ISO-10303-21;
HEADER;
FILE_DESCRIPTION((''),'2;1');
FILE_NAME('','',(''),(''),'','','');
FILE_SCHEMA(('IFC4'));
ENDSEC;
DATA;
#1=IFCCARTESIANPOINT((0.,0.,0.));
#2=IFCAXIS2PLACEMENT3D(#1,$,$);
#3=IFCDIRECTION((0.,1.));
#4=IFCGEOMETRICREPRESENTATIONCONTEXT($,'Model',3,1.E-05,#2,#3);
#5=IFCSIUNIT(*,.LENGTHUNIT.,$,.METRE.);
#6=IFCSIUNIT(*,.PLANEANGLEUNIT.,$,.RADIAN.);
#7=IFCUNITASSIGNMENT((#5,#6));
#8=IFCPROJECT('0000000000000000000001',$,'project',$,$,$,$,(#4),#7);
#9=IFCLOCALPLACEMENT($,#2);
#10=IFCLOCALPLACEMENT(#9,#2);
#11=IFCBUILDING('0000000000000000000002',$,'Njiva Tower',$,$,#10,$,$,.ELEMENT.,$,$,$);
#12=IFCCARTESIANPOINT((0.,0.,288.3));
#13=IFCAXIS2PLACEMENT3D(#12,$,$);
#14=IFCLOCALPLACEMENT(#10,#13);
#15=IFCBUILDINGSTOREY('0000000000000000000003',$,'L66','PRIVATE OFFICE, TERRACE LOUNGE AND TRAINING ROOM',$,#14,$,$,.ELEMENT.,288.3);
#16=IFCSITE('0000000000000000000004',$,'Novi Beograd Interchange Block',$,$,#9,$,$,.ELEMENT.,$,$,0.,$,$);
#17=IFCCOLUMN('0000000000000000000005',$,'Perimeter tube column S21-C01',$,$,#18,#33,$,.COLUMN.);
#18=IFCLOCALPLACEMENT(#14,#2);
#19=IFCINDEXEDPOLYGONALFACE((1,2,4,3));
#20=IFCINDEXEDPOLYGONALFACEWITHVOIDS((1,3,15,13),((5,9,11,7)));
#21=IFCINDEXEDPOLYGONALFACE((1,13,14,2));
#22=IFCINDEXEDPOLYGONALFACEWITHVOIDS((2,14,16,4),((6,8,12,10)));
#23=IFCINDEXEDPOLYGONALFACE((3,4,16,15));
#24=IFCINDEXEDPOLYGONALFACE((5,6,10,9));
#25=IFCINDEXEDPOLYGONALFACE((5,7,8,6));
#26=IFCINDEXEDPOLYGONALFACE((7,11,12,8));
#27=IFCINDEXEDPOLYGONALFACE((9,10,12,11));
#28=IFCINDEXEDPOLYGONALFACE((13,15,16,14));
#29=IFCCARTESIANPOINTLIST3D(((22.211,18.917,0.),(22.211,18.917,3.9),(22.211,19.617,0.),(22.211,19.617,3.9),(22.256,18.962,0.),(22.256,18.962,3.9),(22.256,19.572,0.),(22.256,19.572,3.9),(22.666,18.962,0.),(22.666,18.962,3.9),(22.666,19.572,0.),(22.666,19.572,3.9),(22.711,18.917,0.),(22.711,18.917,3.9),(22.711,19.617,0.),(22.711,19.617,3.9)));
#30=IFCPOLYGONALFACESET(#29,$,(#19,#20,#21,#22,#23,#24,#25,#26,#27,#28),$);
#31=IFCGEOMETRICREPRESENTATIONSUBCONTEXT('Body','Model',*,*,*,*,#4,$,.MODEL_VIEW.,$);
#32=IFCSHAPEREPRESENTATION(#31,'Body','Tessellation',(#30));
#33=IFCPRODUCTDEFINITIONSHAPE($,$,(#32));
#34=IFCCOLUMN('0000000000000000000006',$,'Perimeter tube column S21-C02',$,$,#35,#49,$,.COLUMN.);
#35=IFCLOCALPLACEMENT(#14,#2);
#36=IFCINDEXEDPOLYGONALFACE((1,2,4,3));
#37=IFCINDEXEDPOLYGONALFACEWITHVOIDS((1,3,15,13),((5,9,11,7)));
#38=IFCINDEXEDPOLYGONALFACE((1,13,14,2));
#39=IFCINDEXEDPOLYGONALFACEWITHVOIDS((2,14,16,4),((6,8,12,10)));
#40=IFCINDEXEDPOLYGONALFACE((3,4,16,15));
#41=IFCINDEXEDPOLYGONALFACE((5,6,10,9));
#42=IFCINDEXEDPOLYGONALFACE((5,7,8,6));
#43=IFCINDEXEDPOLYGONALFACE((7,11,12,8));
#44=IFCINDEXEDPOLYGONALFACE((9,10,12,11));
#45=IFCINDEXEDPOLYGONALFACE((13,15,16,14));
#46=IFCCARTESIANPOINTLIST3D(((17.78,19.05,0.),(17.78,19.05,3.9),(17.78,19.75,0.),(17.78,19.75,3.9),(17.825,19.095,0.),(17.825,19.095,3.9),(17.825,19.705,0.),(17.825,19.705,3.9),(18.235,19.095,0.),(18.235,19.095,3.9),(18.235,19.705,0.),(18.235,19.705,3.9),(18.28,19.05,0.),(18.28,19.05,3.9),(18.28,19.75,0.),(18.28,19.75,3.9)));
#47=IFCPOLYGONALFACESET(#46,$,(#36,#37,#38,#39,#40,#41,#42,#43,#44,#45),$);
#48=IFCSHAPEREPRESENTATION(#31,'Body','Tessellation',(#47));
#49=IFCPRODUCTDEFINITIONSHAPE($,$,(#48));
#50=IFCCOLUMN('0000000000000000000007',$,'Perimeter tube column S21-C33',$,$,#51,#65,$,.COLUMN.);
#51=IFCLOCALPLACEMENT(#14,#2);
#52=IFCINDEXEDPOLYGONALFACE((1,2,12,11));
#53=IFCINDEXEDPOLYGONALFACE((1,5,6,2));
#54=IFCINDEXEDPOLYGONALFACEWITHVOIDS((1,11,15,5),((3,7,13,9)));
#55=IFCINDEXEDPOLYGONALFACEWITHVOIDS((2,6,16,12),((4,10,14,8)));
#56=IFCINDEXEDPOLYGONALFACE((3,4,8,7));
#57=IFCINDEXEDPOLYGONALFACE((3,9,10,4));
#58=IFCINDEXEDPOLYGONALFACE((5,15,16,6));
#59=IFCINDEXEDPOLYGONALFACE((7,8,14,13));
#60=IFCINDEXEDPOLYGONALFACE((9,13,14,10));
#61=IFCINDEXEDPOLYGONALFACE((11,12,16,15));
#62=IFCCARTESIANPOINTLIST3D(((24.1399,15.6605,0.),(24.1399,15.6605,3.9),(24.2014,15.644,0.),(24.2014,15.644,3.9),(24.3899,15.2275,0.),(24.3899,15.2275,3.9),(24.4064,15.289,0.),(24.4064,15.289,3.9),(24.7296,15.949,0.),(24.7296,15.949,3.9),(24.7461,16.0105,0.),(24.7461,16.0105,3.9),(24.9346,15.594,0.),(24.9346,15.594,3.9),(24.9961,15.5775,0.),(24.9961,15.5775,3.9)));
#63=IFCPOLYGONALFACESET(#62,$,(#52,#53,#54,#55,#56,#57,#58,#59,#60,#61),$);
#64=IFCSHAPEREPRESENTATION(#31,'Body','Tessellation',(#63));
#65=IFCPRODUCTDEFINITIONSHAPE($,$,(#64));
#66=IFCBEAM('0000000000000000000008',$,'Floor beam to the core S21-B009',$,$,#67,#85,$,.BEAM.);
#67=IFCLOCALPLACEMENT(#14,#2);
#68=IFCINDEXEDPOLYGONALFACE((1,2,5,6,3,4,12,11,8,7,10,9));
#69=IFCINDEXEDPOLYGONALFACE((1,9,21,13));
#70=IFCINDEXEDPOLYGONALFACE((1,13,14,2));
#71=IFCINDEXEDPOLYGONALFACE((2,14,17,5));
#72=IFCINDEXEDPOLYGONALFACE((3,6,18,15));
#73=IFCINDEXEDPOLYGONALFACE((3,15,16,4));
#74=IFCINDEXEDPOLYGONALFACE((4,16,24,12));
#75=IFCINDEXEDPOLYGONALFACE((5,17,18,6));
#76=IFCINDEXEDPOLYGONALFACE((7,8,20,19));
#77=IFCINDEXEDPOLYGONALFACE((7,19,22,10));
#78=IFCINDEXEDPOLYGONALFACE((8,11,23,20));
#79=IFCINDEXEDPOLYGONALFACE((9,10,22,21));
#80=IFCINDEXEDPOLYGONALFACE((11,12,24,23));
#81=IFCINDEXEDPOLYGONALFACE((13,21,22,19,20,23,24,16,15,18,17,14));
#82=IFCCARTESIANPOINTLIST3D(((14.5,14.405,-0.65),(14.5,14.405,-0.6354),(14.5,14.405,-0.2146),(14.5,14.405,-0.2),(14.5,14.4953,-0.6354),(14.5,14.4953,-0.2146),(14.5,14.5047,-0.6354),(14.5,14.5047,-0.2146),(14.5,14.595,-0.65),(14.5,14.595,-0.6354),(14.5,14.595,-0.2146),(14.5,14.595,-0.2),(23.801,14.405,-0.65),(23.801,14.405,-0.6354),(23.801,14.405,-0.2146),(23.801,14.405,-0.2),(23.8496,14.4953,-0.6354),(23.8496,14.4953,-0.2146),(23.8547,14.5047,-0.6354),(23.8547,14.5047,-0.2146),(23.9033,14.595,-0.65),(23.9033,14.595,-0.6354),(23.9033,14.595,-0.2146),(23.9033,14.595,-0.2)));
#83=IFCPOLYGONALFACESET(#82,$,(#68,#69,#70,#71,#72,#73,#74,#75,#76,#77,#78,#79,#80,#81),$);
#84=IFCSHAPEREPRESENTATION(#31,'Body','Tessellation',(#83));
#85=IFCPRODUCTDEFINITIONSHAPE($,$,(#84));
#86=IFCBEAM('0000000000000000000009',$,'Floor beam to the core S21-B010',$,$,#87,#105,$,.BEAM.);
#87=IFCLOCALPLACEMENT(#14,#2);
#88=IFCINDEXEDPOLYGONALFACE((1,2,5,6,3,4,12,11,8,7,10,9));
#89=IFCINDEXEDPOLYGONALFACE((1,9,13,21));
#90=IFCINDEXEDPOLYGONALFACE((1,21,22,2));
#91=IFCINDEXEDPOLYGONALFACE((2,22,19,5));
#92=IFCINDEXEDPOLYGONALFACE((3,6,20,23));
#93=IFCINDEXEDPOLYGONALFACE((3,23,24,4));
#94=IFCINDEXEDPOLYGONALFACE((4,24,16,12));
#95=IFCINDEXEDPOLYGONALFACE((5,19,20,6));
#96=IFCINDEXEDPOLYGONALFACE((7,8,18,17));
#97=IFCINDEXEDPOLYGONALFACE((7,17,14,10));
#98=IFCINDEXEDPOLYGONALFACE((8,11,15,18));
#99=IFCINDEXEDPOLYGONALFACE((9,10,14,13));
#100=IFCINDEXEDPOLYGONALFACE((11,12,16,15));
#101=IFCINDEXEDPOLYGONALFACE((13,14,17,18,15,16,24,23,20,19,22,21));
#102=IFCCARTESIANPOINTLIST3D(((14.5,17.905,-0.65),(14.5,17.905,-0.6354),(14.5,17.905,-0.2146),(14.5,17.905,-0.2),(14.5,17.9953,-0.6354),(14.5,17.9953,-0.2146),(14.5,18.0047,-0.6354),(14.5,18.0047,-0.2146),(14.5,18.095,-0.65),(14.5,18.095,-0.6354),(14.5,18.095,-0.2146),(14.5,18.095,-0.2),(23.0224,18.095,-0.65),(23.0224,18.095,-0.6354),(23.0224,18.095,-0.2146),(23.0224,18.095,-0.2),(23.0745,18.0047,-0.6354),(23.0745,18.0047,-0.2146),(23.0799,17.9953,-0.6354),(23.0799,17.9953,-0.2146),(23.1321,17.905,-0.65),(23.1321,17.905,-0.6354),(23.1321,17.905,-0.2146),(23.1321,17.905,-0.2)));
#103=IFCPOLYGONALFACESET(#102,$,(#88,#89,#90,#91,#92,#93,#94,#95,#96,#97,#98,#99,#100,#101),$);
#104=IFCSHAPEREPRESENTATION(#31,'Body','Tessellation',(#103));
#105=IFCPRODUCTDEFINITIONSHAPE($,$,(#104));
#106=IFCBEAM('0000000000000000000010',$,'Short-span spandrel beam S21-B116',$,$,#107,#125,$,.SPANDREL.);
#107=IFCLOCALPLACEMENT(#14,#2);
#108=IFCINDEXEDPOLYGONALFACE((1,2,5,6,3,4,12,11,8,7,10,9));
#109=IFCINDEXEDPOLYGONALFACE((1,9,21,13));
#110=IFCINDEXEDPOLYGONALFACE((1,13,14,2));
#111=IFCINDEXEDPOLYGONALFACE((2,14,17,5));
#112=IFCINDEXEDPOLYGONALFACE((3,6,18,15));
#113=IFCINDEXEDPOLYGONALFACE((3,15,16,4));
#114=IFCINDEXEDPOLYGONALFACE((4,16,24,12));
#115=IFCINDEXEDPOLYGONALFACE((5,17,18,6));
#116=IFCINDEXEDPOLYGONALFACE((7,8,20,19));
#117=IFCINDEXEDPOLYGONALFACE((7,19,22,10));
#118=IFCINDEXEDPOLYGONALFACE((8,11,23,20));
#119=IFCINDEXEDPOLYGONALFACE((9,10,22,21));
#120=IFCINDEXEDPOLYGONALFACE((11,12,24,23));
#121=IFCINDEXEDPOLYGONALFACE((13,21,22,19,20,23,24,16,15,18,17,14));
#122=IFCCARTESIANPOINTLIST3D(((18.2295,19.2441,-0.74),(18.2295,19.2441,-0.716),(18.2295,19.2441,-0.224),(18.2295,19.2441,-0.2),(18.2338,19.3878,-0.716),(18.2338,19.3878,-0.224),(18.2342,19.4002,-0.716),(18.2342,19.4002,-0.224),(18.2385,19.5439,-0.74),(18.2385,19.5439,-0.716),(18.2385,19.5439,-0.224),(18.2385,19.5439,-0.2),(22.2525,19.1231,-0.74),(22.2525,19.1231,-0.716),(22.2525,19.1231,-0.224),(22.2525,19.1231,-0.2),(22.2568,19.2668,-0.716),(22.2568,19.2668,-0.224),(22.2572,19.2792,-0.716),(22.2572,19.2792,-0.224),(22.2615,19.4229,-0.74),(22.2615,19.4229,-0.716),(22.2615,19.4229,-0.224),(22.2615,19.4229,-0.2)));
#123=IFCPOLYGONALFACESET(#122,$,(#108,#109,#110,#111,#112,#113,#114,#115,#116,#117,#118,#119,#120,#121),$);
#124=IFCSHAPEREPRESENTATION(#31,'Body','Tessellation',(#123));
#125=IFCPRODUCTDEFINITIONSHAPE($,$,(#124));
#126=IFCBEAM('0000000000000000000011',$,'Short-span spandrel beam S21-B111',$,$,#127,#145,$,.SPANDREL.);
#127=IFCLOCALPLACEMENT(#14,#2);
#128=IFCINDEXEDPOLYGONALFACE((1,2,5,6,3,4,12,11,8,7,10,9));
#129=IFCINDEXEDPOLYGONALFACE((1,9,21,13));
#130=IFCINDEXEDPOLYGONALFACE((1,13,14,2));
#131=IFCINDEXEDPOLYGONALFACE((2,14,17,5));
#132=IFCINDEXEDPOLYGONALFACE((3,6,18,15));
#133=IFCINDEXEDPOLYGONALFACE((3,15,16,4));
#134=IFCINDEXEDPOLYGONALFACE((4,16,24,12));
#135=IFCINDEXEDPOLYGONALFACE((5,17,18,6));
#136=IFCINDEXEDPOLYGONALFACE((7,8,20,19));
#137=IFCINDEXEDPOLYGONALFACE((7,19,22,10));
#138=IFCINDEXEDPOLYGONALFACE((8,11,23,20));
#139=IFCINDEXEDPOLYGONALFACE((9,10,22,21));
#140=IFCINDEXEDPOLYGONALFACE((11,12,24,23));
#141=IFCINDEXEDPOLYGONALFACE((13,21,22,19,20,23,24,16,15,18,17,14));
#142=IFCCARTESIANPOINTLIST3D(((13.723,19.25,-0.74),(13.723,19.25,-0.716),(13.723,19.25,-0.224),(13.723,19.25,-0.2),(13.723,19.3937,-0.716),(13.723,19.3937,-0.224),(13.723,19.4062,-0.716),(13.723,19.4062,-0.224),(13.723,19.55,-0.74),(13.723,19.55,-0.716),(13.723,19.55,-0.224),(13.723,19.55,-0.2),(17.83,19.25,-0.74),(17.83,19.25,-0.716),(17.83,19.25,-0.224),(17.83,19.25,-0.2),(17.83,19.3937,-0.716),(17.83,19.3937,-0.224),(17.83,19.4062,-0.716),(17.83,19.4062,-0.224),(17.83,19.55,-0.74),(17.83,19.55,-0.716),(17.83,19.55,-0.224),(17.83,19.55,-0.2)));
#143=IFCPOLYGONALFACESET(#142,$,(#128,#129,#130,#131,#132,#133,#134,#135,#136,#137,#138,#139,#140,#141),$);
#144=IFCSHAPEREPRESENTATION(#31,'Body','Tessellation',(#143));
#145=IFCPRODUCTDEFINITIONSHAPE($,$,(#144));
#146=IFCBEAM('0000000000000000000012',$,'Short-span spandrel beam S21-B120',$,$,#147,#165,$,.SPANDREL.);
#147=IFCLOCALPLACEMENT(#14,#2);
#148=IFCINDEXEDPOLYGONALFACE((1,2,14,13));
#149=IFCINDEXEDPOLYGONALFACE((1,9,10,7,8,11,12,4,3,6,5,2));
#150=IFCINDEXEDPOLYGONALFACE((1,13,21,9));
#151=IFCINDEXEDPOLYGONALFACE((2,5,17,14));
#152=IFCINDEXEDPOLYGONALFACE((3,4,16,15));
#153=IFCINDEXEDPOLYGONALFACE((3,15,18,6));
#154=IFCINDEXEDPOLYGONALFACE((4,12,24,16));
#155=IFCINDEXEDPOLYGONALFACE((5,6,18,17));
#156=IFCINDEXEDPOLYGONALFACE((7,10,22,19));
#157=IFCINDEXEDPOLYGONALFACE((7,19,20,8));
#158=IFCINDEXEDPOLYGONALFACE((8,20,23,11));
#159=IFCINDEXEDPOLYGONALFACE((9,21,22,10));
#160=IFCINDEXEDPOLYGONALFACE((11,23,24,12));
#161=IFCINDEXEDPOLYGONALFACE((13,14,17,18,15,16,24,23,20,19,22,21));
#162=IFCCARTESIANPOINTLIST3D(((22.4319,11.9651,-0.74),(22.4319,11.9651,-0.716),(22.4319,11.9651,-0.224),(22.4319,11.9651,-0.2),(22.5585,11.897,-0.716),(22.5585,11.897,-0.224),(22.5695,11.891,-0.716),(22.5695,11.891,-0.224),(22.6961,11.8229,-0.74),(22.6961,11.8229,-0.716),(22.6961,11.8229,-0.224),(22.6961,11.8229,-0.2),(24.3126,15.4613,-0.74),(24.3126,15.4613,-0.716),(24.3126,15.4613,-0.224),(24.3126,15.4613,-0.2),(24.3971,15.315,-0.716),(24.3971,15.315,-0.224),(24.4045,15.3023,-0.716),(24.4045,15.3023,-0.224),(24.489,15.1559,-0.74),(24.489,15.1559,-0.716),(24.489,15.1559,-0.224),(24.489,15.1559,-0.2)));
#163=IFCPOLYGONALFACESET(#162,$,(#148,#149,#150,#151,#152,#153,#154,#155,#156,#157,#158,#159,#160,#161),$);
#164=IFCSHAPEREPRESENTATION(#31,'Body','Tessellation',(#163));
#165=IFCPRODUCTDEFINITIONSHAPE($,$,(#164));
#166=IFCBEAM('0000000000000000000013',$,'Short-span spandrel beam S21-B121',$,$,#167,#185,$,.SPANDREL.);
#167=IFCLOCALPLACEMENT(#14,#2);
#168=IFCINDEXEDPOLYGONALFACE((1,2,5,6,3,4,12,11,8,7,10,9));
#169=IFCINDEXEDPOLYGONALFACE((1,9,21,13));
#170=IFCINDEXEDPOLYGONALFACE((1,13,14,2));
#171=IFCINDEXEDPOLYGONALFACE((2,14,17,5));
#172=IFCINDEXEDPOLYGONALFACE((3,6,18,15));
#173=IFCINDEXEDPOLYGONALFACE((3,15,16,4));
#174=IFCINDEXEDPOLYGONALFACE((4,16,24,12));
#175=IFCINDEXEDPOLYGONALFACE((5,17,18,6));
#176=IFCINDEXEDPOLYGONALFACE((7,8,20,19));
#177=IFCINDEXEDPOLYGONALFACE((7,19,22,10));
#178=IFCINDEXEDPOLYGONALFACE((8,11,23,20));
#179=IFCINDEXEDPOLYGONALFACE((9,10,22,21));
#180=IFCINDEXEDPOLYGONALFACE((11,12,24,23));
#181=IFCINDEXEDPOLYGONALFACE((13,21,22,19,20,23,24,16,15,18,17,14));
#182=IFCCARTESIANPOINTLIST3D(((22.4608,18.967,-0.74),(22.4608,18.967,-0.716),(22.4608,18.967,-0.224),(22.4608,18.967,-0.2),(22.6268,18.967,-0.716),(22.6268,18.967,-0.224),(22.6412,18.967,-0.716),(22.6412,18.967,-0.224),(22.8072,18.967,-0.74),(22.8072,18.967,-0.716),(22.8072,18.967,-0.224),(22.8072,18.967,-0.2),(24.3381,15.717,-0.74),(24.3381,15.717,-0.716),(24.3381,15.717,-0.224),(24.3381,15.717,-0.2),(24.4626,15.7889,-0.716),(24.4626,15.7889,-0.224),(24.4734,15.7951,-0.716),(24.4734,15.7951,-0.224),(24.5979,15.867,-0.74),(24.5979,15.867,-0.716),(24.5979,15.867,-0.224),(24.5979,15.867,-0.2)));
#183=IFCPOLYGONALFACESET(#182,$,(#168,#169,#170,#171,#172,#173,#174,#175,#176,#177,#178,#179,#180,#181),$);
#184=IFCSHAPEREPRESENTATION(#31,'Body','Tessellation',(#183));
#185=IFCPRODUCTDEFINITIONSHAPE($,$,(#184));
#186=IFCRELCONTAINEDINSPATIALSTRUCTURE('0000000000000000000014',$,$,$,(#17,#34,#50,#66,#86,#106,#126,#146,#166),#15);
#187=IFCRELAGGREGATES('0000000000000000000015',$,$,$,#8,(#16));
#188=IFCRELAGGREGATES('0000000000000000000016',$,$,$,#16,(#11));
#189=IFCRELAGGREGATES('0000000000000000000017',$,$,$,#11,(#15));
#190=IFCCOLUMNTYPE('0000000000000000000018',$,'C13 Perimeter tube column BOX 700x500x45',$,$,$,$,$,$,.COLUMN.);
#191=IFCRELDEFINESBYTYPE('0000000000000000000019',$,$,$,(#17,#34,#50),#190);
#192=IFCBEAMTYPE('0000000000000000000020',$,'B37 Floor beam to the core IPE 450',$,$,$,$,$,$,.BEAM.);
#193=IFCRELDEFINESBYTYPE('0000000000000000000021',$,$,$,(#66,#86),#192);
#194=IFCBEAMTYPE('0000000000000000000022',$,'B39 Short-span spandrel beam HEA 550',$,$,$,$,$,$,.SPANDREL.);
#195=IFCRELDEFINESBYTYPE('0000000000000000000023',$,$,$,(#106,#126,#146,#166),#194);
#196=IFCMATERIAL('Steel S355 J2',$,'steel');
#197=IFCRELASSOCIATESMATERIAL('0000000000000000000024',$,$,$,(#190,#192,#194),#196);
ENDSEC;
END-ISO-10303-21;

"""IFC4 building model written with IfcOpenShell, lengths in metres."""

from ifc_helpers import new_model, si_unit, direction, frame, origin, origin_2d, place, context, subcontext, project, spatial, hollow_rectangle, i_section, extrude, clip, halfspace, material, material_profile, profile_set, type_object, element, save


model = new_model("IFC4")

# Units and contexts
model_context = context("Model", 3, precision=1e-05, world=origin(), true_north=direction((0.0, 1.0)))
body_context = subcontext(model_context, "Body", "Model", "MODEL_VIEW")
ifc_project = project(units=[si_unit("LENGTHUNIT", "METRE"), si_unit("PLANEANGLEUNIT", "RADIAN")], contexts=[model_context])

# Site, building, storey
site_placement = place(None, origin())
site = spatial("IfcSite", under=ifc_project, at=site_placement, Name="Novi Beograd Interchange Block", CompositionType="ELEMENT", RefElevation=0.0)
building_placement = place(site_placement, origin())
building = spatial("IfcBuilding", under=site, at=building_placement, Name="Njiva Tower", CompositionType="ELEMENT")
storey_placement = place(building_placement, frame((0.0, 0.0, 288.3)))
storey = spatial("IfcBuildingStorey", under=building, at=storey_placement, Name="L66", Description="PRIVATE OFFICE, TERRACE LOUNGE AND TRAINING ROOM", CompositionType="ELEMENT", Elevation=288.3)

# Columns
ifc_material_1 = material(Name="Steel S355 J2", Category="steel")
ifc_material_profile_1 = material_profile(ifc_material_1, hollow_rectangle(XDim=0.5, YDim=0.7, WallThickness=0.045, at=origin_2d()), Name="BOX 700x500x45")
ifc_profile_set_1 = profile_set([ifc_material_profile_1], Name="Steel S355 J2")
column_type = type_object("IfcColumnType", Name="C13 Perimeter tube column BOX 700x500x45", PredefinedType="COLUMN", material=ifc_profile_set_1)
for number, where, z_axis, x_axis, name in (
    (1, (22.461, 19.267, 0.0), (0.0, 0.0, 1.0), (-1.0, 0.0, 0.0), "Perimeter tube column S21-C01"),
    (2, (18.03, 19.4, 0.0), (0.0, 0.0, 1.0), (-1.0, 0.0, 0.0), "Perimeter tube column S21-C02"),
    (3, (24.568, 15.619, 0.0), (0.0, 0.0, 1.0), (-0.5, 0.866025, 0.0), "Perimeter tube column S21-C33"),
):
    element("IfcColumn", number, at=place(storey_placement, frame(where, z_axis=z_axis, x_axis=x_axis)), inside=storey, type_object=column_type, Name=name, PredefinedType="COLUMN", context=body_context, shape_type="SweptSolid", body=[
        extrude(hollow_rectangle(XDim=0.5, YDim=0.7, WallThickness=0.045, at=origin_2d()), origin(), (0.0, 0.0, 1.0), 3.9),
    ])

# Beams
ifc_material_profile_2 = material_profile(ifc_material_1, i_section(OverallWidth=0.19, OverallDepth=0.45, WebThickness=0.0094, FlangeThickness=0.0146, at=origin_2d()), Name="IPE 450")
ifc_profile_set_2 = profile_set([ifc_material_profile_2], Name="Steel S355 J2")
beam_type_1 = type_object("IfcBeamType", Name="B37 Floor beam to the core IPE 450", PredefinedType="BEAM", material=ifc_profile_set_2)
beam_1_placement = place(storey_placement, frame((14.5, 14.5, -0.425), z_axis=(1.0, 0.0, 0.0), x_axis=(0.0, 1.0, 0.0)))
element("IfcBeam", 4, at=beam_1_placement, inside=storey, type_object=beam_type_1, Name="Floor beam to the core S21-B009", PredefinedType="BEAM", context=body_context, shape_type="Clipping", body=[
    clip(extrude(i_section(OverallWidth=0.19, OverallDepth=0.45, WebThickness=0.0094, FlangeThickness=0.0146, at=origin_2d()), origin(), (0.0, 0.0, 1.0), 9.423), halfspace(frame((-0.0237, 0.0, 9.3394), z_axis=(-0.473769, 0.0, 0.880649), x_axis=(0.0, 1.0, 0.0)), False)),
])
beam_2_placement = place(storey_placement, frame((14.5, 18.0, -0.425), z_axis=(1.0, 0.0, 0.0), x_axis=(0.0, 1.0, 0.0)))
element("IfcBeam", 5, at=beam_2_placement, inside=storey, type_object=beam_type_1, Name="Floor beam to the core S21-B010", PredefinedType="BEAM", context=body_context, shape_type="Clipping", body=[
    clip(extrude(i_section(OverallWidth=0.19, OverallDepth=0.45, WebThickness=0.0094, FlangeThickness=0.0146, at=origin_2d()), origin(), (0.0, 0.0, 1.0), 8.652), halfspace(frame((0.025, 0.0, 8.5628), z_axis=(0.499998, 0.0, 0.866027), x_axis=(0.0, 1.0, 0.0)), False)),
])
ifc_material_profile_3 = material_profile(ifc_material_1, i_section(OverallWidth=0.3, OverallDepth=0.54, WebThickness=0.0125, FlangeThickness=0.024, at=origin_2d()), Name="HEA 550")
ifc_profile_set_3 = profile_set([ifc_material_profile_3], Name="Steel S355 J2")
beam_type_2 = type_object("IfcBeamType", Name="B39 Short-span spandrel beam HEA 550", PredefinedType="SPANDREL", material=ifc_profile_set_3)
beam_3_placement = place(storey_placement, frame((22.257, 19.273, -0.47), z_axis=(-0.999548, 0.030063, 0.0), x_axis=(-0.030063, -0.999548, 0.0)))
element("IfcBeam", 6, at=beam_3_placement, inside=storey, type_object=beam_type_2, Name="Short-span spandrel beam S21-B116", PredefinedType="SPANDREL", context=body_context, shape_type="SweptSolid", body=[
    extrude(i_section(OverallWidth=0.3, OverallDepth=0.54, WebThickness=0.0125, FlangeThickness=0.024, at=origin_2d()), origin(), (0.0, 0.0, 1.0), 4.0248),
])
beam_4_placement = place(storey_placement, frame((17.83, 19.4, -0.47), z_axis=(-1.0, 0.0, 0.0), x_axis=(0.0, -1.0, 0.0)))
element("IfcBeam", 7, at=beam_4_placement, inside=storey, type_object=beam_type_2, Name="Short-span spandrel beam S21-B111", PredefinedType="SPANDREL", context=body_context, shape_type="SweptSolid", body=[
    extrude(i_section(OverallWidth=0.3, OverallDepth=0.54, WebThickness=0.0125, FlangeThickness=0.024, at=origin_2d()), origin(), (0.0, 0.0, 1.0), 4.107),
])
beam_5_placement = place(storey_placement, frame((22.564, 11.894, -0.47), z_axis=(0.473731, 0.88067, 0.0), x_axis=(-0.88067, 0.473731, 0.0)))
element("IfcBeam", 8, at=beam_5_placement, inside=storey, type_object=beam_type_2, Name="Short-span spandrel beam S21-B120", PredefinedType="SPANDREL", context=body_context, shape_type="Clipping", body=[
    clip(extrude(i_section(OverallWidth=0.3, OverallDepth=0.54, WebThickness=0.0125, FlangeThickness=0.024, at=origin_2d()), origin(), (0.0, 0.0, 1.0), 3.9907), halfspace(frame((-0.0262, 0.0, 3.8611), z_axis=(-0.525819, 0.0, 0.850596), x_axis=(0.0, 1.0, 0.0)), False)),
])
beam_6_placement = place(storey_placement, frame((24.468, 15.792, -0.47), z_axis=(-0.500187, 0.865918, 0.0), x_axis=(-0.865918, -0.500187, 0.0)))
element("IfcBeam", 9, at=beam_6_placement, inside=storey, type_object=beam_type_2, Name="Short-span spandrel beam S21-B121", PredefinedType="SPANDREL", context=body_context, shape_type="Clipping", body=[
    clip(extrude(i_section(OverallWidth=0.3, OverallDepth=0.54, WebThickness=0.0125, FlangeThickness=0.024, at=origin_2d()), origin(), (0.0, 0.0, 1.0), 3.7736), halfspace(frame((-0.0254, 0.0, 3.652), z_axis=(-0.500187, 0.0, 0.865918), x_axis=(0.0, 1.0, 0.0)), False)),
])

save(model, "model.ifc")
